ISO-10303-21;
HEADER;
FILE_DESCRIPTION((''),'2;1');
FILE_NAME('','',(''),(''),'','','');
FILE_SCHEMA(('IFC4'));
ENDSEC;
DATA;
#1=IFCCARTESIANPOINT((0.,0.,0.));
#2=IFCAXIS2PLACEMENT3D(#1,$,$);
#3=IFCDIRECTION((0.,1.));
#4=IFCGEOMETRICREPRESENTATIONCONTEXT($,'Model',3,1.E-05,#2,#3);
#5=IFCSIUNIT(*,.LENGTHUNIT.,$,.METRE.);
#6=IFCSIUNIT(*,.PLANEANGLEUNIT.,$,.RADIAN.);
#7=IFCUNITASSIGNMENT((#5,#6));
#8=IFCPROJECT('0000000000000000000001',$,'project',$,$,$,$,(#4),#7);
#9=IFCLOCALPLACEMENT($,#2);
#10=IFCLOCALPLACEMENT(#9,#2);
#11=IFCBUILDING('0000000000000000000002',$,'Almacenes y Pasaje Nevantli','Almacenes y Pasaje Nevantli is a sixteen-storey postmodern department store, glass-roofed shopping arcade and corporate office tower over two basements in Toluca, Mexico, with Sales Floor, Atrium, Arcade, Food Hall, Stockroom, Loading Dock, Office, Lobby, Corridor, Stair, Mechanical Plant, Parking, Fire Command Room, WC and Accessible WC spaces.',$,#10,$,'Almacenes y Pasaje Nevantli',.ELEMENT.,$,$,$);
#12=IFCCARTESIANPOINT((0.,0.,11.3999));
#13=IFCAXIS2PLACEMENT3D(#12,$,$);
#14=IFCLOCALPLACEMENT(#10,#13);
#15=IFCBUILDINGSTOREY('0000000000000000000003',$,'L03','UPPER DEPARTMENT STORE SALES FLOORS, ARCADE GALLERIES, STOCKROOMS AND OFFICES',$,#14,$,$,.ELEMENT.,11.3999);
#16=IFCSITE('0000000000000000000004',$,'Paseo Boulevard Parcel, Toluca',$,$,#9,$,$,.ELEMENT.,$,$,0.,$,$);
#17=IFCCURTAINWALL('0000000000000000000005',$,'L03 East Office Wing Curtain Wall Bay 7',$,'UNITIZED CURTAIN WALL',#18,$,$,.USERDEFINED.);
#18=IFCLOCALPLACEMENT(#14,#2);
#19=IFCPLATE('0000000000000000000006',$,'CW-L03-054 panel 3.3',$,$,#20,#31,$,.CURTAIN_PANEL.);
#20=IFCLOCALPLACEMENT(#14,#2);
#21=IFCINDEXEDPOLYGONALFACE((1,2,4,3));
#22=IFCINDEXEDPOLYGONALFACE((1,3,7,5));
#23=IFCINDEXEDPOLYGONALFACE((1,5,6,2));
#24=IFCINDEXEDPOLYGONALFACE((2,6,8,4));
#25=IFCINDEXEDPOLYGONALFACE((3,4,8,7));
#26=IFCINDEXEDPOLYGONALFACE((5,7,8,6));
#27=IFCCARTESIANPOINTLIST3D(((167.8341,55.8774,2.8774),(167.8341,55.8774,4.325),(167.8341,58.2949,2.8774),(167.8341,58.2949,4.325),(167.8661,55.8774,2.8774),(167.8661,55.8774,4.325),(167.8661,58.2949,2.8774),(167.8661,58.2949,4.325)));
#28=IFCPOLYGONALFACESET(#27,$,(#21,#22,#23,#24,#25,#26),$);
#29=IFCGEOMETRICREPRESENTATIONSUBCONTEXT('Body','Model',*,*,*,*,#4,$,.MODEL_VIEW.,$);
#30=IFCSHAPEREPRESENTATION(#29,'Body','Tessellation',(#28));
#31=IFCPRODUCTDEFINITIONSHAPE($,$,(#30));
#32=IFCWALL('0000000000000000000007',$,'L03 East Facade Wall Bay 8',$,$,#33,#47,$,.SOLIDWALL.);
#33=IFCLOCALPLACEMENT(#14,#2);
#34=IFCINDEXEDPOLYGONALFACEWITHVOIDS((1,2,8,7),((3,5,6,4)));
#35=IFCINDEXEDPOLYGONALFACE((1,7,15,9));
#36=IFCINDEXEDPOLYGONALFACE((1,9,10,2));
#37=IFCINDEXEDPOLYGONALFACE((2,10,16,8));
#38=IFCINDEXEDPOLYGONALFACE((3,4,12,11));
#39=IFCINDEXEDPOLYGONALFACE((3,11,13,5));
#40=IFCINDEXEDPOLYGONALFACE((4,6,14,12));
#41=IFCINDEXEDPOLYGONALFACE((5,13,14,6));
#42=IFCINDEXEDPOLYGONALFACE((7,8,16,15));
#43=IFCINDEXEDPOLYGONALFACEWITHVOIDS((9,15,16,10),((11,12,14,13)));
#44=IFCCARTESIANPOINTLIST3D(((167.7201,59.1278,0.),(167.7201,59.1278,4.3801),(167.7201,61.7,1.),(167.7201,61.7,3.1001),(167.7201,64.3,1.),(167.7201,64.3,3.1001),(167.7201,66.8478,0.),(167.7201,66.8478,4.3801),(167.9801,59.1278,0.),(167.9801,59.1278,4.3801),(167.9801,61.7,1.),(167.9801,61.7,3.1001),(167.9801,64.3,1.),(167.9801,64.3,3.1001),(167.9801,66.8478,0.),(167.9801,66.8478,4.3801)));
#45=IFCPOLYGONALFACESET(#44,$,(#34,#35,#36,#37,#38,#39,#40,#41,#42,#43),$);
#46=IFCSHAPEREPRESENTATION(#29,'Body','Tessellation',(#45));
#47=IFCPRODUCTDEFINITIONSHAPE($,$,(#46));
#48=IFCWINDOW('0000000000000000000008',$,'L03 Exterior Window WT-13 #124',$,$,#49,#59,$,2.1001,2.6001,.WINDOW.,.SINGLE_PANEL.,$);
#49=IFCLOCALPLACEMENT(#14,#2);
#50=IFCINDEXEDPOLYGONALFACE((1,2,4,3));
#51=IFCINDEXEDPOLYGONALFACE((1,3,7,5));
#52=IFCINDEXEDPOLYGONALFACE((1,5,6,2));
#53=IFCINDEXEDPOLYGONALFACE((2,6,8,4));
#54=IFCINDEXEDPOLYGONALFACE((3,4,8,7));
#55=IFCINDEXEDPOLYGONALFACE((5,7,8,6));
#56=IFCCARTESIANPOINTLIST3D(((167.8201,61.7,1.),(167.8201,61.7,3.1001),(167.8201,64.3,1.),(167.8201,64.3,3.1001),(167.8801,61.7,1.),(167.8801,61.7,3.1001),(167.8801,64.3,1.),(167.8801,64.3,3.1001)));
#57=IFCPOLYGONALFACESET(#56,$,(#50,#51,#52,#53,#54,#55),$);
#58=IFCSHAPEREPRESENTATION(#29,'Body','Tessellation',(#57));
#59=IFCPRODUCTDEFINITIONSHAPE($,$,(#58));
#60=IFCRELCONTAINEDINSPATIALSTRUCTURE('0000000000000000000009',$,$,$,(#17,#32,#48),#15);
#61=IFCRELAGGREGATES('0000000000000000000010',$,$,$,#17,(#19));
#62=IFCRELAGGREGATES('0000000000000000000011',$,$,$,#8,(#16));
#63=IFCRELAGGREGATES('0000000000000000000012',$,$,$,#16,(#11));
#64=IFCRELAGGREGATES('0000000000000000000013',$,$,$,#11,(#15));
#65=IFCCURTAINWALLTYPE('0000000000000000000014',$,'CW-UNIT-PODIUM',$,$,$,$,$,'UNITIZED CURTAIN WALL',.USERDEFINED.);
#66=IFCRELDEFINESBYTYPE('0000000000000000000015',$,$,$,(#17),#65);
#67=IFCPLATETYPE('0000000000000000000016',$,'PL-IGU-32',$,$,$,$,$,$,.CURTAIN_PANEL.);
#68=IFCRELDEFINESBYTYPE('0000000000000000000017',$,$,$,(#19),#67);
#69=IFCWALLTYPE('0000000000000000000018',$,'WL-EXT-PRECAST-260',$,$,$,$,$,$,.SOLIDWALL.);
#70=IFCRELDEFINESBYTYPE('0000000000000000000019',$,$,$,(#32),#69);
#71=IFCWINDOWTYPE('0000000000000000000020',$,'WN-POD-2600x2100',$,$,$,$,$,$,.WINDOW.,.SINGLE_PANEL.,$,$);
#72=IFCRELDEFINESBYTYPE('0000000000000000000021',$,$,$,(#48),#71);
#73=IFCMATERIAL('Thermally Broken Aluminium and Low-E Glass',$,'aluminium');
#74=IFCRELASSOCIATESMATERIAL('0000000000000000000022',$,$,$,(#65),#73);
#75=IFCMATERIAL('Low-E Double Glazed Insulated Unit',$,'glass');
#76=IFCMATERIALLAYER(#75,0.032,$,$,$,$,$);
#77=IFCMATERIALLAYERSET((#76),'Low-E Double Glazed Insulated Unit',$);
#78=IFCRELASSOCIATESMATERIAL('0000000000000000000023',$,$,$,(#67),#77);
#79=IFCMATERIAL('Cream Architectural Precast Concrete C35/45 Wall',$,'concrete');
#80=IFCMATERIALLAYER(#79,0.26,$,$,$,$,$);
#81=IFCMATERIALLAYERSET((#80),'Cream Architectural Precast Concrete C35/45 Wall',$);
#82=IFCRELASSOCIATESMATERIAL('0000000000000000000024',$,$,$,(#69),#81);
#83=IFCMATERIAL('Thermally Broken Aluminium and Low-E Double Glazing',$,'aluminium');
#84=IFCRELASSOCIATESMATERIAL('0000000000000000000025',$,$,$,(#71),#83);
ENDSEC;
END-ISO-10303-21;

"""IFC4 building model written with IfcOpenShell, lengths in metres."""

from ifc_helpers import new_model, si_unit, direction, frame, frame_2d, origin, origin_2d, place, context, subcontext, project, spatial, rectangle, extrude, material, layer, layer_set, type_object, element, fill, aggregate, save


model = new_model("IFC4")

# Units and contexts
model_context = context("Model", 3, precision=1e-05, world=origin(), true_north=direction((0.0, 1.0)))
body_context = subcontext(model_context, "Body", "Model", "MODEL_VIEW")
ifc_project = project(units=[si_unit("LENGTHUNIT", "METRE"), si_unit("PLANEANGLEUNIT", "RADIAN")], contexts=[model_context])

# Site, building, storey
site_placement = place(None, origin())
site = spatial("IfcSite", under=ifc_project, at=site_placement, Name="Paseo Boulevard Parcel, Toluca", CompositionType="ELEMENT", RefElevation=0.0)
building_placement = place(site_placement, origin())
building = spatial("IfcBuilding", under=site, at=building_placement, Name="Almacenes y Pasaje Nevantli", Description="Almacenes y Pasaje Nevantli is a sixteen-storey postmodern department store, glass-roofed shopping arcade and corporate office tower over two basements in Toluca, Mexico, with Sales Floor, Atrium, Arcade, Food Hall, Stockroom, Loading Dock, Office, Lobby, Corridor, Stair, Mechanical Plant, Parking, Fire Command Room, WC and Accessible WC spaces.", LongName="Almacenes y Pasaje Nevantli", CompositionType="ELEMENT")
storey_placement = place(building_placement, frame((0.0, 0.0, 11.3999)))
storey = spatial("IfcBuildingStorey", under=building, at=storey_placement, Name="L03", Description="UPPER DEPARTMENT STORE SALES FLOORS, ARCADE GALLERIES, STOCKROOMS AND OFFICES", CompositionType="ELEMENT", Elevation=11.3999)

# Curtain wall
ifc_material_1 = material(Name="Thermally Broken Aluminium and Low-E Glass", Category="aluminium")
curtain_wall_type = type_object("IfcCurtainWallType", Name="CW-UNIT-PODIUM", ElementType="UNITIZED CURTAIN WALL", PredefinedType="USERDEFINED", material=ifc_material_1)
curtain_wall_1_placement = place(storey_placement, origin())
curtain_wall_1 = element("IfcCurtainWall", 1, at=curtain_wall_1_placement, inside=storey, type_object=curtain_wall_type, Name="L03 East Office Wing Curtain Wall Bay 7", ObjectType="UNITIZED CURTAIN WALL", PredefinedType="USERDEFINED")

# Plate
ifc_material_2 = material(Name="Low-E Double Glazed Insulated Unit", Category="glass")
ifc_layer_1 = layer(ifc_material_2, 0.032)
ifc_layer_set_1 = layer_set([ifc_layer_1], Name="Low-E Double Glazed Insulated Unit")
plate_type = type_object("IfcPlateType", Name="PL-IGU-32", PredefinedType="CURTAIN_PANEL", material=ifc_layer_set_1)
plate_1_placement = place(storey_placement, frame((167.8501, 57.0862, 2.8774), z_axis=(0.0, 0.0, 1.0), x_axis=(0.0, 1.0, 0.0)))
plate_1 = element("IfcPlate", 2, at=plate_1_placement, type_object=plate_type, Name="CW-L03-054 panel 3.3", PredefinedType="CURTAIN_PANEL", context=body_context, shape_type="SweptSolid", body=[
    extrude(rectangle(XDim=2.4175, YDim=0.032, at=origin_2d()), origin(), (0.0, 0.0, 1.0), 1.4475),
])
aggregate(curtain_wall_1, [plate_1])

# Wall, opening, window
ifc_material_3 = material(Name="Cream Architectural Precast Concrete C35/45 Wall", Category="concrete")
ifc_layer_2 = layer(ifc_material_3, 0.26)
ifc_layer_set_2 = layer_set([ifc_layer_2], Name="Cream Architectural Precast Concrete C35/45 Wall")
wall_type = type_object("IfcWallType", Name="WL-EXT-PRECAST-260", PredefinedType="SOLIDWALL", material=ifc_layer_set_2)
wall_placement = place(storey_placement, frame((167.8501, 59.1279, 0.0), z_axis=(0.0, 0.0, 1.0), x_axis=(0.0, 1.0, 0.0)))
wall = element("IfcWall", 3, at=wall_placement, inside=storey, type_object=wall_type, Name="L03 East Facade Wall Bay 8", PredefinedType="SOLIDWALL", context=body_context, shape_type="SweptSolid", body=[
    extrude(rectangle(XDim=7.72, YDim=0.26, at=frame_2d((3.8599, 0.0))), origin(), (0.0, 0.0, 1.0), 4.3801),
])
opening_placement = place(wall_placement, frame((2.572, 0.0, 1.0)))
opening = element("IfcOpeningElement", 4, at=opening_placement, cuts=wall, PredefinedType="OPENING", context=body_context, shape_type="SweptSolid", body=[
    extrude(rectangle(XDim=2.6001, YDim=2.1001, at=frame_2d((1.3, 1.05))), frame((0.0, 0.1399, 0.0), z_axis=(0.0, -1.0, 0.0), x_axis=(1.0, 0.0, 0.0)), (0.0, 0.0, 1.0), 0.28),
])
ifc_material_4 = material(Name="Thermally Broken Aluminium and Low-E Double Glazing", Category="aluminium")
window_type = type_object("IfcWindowType", Name="WN-POD-2600x2100", PartitioningType="SINGLE_PANEL", PredefinedType="WINDOW", material=ifc_material_4)
window_placement = place(opening_placement, origin())
window = element("IfcWindow", 5, at=window_placement, inside=storey, type_object=window_type, Name="L03 Exterior Window WT-13 #124", OverallHeight=2.1001, OverallWidth=2.6001, PartitioningType="SINGLE_PANEL", PredefinedType="WINDOW", context=body_context, shape_type="SweptSolid", body=[
    extrude(rectangle(XDim=2.6001, YDim=2.1001, at=frame_2d((1.3, 1.05))), frame((0.0, 0.03, 0.0), z_axis=(0.0, -1.0, 0.0), x_axis=(1.0, 0.0, 0.0)), (0.0, 0.0, 1.0), 0.0601),
])
fill(opening, window)

save(model, "model.ifc")
